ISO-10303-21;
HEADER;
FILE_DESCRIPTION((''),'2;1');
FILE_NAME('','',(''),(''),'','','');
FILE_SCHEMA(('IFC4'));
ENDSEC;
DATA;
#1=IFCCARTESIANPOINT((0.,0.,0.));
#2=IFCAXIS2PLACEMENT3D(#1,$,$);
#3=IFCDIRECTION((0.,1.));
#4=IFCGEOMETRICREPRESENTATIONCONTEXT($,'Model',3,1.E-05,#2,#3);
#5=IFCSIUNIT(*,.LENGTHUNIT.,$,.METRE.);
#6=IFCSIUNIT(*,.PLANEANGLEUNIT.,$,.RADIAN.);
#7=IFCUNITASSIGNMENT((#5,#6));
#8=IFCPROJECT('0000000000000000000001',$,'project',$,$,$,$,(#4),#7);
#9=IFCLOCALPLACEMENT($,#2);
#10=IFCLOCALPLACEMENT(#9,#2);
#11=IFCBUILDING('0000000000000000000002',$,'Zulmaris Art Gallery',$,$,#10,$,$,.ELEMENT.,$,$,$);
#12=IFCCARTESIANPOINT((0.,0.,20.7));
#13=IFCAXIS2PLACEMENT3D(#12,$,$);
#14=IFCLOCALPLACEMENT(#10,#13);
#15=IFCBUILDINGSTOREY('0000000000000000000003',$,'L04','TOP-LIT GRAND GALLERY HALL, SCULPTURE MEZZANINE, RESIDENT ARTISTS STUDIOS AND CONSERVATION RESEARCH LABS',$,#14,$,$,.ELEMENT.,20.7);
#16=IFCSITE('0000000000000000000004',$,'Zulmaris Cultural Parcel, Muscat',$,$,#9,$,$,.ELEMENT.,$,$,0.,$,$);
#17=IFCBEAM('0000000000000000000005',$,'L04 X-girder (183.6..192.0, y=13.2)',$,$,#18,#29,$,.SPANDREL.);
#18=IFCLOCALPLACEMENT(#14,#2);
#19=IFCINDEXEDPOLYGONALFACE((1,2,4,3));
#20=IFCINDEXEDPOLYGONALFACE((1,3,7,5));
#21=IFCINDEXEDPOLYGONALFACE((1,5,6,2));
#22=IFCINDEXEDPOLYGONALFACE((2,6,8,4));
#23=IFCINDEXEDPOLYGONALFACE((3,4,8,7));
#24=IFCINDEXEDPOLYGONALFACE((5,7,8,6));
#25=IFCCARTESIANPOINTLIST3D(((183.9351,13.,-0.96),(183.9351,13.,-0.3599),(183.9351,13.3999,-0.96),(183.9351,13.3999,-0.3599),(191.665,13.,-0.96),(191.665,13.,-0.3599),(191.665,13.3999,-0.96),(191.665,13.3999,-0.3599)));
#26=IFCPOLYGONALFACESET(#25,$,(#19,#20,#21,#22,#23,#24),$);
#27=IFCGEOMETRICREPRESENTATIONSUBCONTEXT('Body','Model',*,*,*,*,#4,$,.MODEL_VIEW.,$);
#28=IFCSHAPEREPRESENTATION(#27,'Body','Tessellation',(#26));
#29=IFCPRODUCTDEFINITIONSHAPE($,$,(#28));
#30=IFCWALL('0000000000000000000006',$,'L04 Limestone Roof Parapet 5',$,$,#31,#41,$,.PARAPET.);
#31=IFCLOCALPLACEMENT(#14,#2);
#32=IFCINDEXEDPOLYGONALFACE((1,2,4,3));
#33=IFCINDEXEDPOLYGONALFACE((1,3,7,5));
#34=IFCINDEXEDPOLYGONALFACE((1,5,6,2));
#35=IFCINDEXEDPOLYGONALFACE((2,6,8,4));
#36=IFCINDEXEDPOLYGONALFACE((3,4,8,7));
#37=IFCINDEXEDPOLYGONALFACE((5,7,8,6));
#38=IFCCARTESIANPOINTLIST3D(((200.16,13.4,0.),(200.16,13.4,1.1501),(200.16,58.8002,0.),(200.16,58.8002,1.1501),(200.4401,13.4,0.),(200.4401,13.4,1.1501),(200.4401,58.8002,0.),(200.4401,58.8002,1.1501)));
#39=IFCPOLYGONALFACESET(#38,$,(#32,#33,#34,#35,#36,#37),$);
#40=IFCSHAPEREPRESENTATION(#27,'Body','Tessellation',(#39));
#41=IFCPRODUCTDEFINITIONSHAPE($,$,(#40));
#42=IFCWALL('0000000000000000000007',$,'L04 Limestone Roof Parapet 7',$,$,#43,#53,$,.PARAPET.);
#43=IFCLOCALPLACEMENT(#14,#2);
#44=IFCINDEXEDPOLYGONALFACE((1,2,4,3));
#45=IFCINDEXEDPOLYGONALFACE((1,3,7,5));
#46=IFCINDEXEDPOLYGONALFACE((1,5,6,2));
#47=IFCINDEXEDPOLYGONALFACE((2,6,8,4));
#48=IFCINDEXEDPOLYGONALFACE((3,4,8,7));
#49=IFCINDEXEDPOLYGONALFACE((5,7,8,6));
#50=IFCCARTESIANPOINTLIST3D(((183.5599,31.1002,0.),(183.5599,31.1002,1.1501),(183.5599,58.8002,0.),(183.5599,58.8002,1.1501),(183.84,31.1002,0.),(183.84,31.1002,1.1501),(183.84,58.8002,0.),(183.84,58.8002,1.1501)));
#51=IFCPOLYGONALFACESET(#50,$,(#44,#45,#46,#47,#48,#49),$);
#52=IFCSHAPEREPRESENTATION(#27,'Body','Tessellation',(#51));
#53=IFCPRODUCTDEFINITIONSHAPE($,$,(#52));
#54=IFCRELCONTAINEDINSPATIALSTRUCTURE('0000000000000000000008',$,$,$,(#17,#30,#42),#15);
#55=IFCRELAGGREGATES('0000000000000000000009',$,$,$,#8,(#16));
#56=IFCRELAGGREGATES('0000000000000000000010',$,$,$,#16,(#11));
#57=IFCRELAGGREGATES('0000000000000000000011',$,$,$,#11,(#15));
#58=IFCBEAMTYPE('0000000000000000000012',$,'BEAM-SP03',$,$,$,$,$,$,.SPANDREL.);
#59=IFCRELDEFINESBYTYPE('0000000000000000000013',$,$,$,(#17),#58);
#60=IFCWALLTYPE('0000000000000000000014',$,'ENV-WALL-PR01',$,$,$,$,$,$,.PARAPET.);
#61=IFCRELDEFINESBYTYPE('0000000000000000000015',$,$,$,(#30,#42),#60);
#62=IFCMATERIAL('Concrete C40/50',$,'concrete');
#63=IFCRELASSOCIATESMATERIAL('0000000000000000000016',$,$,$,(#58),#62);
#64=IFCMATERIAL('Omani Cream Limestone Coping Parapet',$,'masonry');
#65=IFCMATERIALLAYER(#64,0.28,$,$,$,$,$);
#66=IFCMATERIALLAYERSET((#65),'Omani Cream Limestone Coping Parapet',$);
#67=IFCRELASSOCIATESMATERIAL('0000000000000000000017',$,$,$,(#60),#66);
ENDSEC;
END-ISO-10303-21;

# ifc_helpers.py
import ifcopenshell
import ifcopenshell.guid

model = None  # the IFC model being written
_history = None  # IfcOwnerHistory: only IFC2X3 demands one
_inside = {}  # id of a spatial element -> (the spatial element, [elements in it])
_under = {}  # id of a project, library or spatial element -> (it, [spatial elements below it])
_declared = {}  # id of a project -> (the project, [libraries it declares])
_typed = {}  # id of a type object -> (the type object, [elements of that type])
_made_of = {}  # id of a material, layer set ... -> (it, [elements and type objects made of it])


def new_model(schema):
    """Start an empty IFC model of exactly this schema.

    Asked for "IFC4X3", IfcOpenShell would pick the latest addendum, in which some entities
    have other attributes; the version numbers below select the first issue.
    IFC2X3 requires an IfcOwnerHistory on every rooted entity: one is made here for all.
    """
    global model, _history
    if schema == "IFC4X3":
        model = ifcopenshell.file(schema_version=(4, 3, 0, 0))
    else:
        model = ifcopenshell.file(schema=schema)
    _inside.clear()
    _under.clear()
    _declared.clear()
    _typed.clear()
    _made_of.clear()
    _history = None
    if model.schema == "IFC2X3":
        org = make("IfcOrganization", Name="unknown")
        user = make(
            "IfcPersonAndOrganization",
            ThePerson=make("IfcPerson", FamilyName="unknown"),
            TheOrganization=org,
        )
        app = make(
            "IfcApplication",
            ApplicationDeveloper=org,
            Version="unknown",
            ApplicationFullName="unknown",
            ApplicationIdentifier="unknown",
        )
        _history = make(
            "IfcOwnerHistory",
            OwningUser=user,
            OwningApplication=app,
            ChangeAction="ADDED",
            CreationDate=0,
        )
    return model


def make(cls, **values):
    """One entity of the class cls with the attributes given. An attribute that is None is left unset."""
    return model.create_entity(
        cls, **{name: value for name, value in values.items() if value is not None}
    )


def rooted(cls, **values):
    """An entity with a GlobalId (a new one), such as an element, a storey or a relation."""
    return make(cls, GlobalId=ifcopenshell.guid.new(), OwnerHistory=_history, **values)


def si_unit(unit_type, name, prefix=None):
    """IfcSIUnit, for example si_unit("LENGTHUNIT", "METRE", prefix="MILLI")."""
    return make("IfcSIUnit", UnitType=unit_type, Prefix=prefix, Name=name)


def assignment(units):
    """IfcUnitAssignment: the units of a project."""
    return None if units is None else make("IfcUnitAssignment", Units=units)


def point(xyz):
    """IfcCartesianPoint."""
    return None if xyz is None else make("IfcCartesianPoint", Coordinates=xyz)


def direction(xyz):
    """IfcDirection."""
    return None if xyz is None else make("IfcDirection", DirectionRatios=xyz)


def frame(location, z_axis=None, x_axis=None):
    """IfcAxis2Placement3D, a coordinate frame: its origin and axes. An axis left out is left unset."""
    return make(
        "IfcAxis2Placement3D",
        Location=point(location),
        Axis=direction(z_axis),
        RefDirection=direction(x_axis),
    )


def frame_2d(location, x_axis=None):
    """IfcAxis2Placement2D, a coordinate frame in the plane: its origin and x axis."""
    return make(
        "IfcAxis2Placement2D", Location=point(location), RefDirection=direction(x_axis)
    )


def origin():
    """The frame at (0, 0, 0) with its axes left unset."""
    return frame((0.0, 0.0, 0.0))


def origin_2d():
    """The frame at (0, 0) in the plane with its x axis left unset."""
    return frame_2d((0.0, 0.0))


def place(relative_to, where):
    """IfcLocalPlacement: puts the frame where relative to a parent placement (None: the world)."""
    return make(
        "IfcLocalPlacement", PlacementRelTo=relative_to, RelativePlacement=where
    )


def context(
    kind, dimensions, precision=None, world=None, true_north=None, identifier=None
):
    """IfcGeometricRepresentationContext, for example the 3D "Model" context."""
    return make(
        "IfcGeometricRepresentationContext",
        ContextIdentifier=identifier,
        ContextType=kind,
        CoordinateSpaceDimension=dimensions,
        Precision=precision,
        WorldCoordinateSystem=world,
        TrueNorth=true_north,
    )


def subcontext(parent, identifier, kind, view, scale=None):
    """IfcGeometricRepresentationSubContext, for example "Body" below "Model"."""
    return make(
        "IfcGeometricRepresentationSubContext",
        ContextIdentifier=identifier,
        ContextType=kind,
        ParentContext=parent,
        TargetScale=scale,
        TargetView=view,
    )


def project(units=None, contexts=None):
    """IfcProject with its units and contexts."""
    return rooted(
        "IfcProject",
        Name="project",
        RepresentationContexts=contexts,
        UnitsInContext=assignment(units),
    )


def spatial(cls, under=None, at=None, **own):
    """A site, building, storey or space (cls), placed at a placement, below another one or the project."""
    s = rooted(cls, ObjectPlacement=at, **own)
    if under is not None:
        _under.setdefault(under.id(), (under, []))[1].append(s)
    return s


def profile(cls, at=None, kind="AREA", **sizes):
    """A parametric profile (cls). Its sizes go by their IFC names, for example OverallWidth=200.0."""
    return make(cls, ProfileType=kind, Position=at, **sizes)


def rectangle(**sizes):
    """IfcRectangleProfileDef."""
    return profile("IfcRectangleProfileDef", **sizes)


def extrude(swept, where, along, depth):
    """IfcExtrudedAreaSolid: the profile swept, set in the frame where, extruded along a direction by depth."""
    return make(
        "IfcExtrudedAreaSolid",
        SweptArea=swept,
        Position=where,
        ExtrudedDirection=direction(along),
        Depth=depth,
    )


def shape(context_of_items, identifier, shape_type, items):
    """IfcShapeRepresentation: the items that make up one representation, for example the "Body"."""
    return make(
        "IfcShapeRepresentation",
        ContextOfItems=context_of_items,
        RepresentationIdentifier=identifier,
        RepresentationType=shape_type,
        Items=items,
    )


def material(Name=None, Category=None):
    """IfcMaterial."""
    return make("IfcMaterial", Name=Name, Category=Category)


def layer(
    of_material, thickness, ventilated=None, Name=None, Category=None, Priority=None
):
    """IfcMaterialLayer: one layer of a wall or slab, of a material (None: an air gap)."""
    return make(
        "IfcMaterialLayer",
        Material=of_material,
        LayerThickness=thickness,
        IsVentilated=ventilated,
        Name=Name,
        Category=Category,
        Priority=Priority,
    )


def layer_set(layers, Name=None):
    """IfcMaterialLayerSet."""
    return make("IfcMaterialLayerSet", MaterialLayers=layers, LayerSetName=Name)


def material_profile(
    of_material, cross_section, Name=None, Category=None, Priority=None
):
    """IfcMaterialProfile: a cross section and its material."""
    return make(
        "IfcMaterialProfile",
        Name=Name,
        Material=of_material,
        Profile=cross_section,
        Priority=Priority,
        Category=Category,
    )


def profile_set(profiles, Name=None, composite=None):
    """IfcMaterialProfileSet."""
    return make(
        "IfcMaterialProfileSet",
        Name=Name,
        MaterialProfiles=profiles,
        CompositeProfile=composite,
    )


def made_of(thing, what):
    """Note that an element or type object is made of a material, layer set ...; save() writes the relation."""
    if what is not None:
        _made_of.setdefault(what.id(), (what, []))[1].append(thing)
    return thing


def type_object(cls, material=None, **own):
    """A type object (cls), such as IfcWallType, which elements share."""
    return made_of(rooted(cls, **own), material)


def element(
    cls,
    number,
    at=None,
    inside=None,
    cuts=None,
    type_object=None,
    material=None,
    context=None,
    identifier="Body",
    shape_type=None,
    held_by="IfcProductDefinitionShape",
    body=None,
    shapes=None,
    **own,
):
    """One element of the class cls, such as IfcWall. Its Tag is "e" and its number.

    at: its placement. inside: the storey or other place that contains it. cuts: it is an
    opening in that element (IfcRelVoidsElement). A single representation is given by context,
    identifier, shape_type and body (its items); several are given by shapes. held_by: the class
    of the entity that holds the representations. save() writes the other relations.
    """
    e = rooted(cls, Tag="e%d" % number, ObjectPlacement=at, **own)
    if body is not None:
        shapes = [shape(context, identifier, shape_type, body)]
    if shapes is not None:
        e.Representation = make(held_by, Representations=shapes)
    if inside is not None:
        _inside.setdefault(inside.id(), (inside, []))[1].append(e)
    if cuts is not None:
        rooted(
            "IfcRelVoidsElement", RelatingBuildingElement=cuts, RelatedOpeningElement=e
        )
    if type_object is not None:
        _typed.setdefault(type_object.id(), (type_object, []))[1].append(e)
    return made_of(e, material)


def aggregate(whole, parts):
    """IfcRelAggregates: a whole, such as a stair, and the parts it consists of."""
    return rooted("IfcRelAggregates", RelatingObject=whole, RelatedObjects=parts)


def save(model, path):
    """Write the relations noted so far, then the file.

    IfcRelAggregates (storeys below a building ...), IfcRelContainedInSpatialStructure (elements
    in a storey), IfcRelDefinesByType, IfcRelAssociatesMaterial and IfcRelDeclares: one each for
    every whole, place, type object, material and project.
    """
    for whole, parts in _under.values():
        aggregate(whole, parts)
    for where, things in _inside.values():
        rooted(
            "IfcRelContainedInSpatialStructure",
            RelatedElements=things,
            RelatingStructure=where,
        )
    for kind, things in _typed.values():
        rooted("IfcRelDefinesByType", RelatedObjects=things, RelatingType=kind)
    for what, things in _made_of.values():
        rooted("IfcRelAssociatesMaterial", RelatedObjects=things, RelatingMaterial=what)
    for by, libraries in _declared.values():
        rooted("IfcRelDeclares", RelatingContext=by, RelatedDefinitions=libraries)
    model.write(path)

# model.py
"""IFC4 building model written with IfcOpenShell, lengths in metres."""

from ifc_helpers import new_model, si_unit, direction, frame, frame_2d, origin, origin_2d, place, context, subcontext, project, spatial, rectangle, extrude, material, layer, layer_set, material_profile, profile_set, type_object, element, save


model = new_model("IFC4")

# Units and contexts
model_context = context("Model", 3, precision=1e-05, world=origin(), true_north=direction((0.0, 1.0)))
body_context = subcontext(model_context, "Body", "Model", "MODEL_VIEW")
ifc_project = project(units=[si_unit("LENGTHUNIT", "METRE"), si_unit("PLANEANGLEUNIT", "RADIAN")], contexts=[model_context])

# Site, building, storey
site_placement = place(None, origin())
site = spatial("IfcSite", under=ifc_project, at=site_placement, Name="Zulmaris Cultural Parcel, Muscat", CompositionType="ELEMENT", RefElevation=0.0)
building_placement = place(site_placement, origin())
building = spatial("IfcBuilding", under=site, at=building_placement, Name="Zulmaris Art Gallery", CompositionType="ELEMENT")
storey_placement = place(building_placement, frame((0.0, 0.0, 20.7)))
storey = spatial("IfcBuildingStorey", under=building, at=storey_placement, Name="L04", Description="TOP-LIT GRAND GALLERY HALL, SCULPTURE MEZZANINE, RESIDENT ARTISTS STUDIOS AND CONSERVATION RESEARCH LABS", CompositionType="ELEMENT", Elevation=20.7)

# Beam
ifc_material_1 = material(Name="Concrete C40/50", Category="concrete")
ifc_material_profile_1 = material_profile(ifc_material_1, rectangle(XDim=0.3999, YDim=0.6001, at=origin_2d()), Name="RC 400x600")
ifc_profile_set_1 = profile_set([ifc_material_profile_1], Name="Concrete C40/50")
beam_type_1 = type_object("IfcBeamType", Name="BEAM-SP03", PredefinedType="SPANDREL", material=ifc_profile_set_1)
beam_1_placement = place(storey_placement, frame((183.9351, 13.2, -0.6599), z_axis=(1.0, 0.0, 0.0), x_axis=(0.0, 1.0, 0.0)))
element("IfcBeam", 1, at=beam_1_placement, inside=storey, type_object=beam_type_1, Name="L04 X-girder (183.6..192.0, y=13.2)", PredefinedType="SPANDREL", context=body_context, shape_type="SweptSolid", body=[
    extrude(rectangle(XDim=0.3999, YDim=0.6001, at=origin_2d()), origin(), (0.0, 0.0, 1.0), 7.73),
])

# Walls
ifc_material_2 = material(Name="Omani Cream Limestone Coping Parapet", Category="masonry")
ifc_layer = layer(ifc_material_2, 0.28)
ifc_layer_set = layer_set([ifc_layer], Name="Omani Cream Limestone Coping Parapet")
wall_type = type_object("IfcWallType", Name="ENV-WALL-PR01", PredefinedType="PARAPET", material=ifc_layer_set)
wall_1_placement = place(storey_placement, frame((200.3, 13.3999, 0.0), z_axis=(0.0, 0.0, 1.0), x_axis=(0.0, 1.0, 0.0)))
element("IfcWall", 2, at=wall_1_placement, inside=storey, type_object=wall_type, Name="L04 Limestone Roof Parapet 5", PredefinedType="PARAPET", context=body_context, shape_type="SweptSolid", body=[
    extrude(rectangle(XDim=45.4001, YDim=0.28, at=frame_2d((22.7002, 0.0))), origin(), (0.0, 0.0, 1.0), 1.1501),
])
wall_2_placement = place(storey_placement, frame((183.7, 31.1001, 0.0), z_axis=(0.0, 0.0, 1.0), x_axis=(0.0, 1.0, 0.0)))
element("IfcWall", 3, at=wall_2_placement, inside=storey, type_object=wall_type, Name="L04 Limestone Roof Parapet 7", PredefinedType="PARAPET", context=body_context, shape_type="SweptSolid", body=[
    extrude(rectangle(XDim=27.7, YDim=0.28, at=frame_2d((13.8501, 0.0))), origin(), (0.0, 0.0, 1.0), 1.1501),
])

save(model, "model.ifc")
